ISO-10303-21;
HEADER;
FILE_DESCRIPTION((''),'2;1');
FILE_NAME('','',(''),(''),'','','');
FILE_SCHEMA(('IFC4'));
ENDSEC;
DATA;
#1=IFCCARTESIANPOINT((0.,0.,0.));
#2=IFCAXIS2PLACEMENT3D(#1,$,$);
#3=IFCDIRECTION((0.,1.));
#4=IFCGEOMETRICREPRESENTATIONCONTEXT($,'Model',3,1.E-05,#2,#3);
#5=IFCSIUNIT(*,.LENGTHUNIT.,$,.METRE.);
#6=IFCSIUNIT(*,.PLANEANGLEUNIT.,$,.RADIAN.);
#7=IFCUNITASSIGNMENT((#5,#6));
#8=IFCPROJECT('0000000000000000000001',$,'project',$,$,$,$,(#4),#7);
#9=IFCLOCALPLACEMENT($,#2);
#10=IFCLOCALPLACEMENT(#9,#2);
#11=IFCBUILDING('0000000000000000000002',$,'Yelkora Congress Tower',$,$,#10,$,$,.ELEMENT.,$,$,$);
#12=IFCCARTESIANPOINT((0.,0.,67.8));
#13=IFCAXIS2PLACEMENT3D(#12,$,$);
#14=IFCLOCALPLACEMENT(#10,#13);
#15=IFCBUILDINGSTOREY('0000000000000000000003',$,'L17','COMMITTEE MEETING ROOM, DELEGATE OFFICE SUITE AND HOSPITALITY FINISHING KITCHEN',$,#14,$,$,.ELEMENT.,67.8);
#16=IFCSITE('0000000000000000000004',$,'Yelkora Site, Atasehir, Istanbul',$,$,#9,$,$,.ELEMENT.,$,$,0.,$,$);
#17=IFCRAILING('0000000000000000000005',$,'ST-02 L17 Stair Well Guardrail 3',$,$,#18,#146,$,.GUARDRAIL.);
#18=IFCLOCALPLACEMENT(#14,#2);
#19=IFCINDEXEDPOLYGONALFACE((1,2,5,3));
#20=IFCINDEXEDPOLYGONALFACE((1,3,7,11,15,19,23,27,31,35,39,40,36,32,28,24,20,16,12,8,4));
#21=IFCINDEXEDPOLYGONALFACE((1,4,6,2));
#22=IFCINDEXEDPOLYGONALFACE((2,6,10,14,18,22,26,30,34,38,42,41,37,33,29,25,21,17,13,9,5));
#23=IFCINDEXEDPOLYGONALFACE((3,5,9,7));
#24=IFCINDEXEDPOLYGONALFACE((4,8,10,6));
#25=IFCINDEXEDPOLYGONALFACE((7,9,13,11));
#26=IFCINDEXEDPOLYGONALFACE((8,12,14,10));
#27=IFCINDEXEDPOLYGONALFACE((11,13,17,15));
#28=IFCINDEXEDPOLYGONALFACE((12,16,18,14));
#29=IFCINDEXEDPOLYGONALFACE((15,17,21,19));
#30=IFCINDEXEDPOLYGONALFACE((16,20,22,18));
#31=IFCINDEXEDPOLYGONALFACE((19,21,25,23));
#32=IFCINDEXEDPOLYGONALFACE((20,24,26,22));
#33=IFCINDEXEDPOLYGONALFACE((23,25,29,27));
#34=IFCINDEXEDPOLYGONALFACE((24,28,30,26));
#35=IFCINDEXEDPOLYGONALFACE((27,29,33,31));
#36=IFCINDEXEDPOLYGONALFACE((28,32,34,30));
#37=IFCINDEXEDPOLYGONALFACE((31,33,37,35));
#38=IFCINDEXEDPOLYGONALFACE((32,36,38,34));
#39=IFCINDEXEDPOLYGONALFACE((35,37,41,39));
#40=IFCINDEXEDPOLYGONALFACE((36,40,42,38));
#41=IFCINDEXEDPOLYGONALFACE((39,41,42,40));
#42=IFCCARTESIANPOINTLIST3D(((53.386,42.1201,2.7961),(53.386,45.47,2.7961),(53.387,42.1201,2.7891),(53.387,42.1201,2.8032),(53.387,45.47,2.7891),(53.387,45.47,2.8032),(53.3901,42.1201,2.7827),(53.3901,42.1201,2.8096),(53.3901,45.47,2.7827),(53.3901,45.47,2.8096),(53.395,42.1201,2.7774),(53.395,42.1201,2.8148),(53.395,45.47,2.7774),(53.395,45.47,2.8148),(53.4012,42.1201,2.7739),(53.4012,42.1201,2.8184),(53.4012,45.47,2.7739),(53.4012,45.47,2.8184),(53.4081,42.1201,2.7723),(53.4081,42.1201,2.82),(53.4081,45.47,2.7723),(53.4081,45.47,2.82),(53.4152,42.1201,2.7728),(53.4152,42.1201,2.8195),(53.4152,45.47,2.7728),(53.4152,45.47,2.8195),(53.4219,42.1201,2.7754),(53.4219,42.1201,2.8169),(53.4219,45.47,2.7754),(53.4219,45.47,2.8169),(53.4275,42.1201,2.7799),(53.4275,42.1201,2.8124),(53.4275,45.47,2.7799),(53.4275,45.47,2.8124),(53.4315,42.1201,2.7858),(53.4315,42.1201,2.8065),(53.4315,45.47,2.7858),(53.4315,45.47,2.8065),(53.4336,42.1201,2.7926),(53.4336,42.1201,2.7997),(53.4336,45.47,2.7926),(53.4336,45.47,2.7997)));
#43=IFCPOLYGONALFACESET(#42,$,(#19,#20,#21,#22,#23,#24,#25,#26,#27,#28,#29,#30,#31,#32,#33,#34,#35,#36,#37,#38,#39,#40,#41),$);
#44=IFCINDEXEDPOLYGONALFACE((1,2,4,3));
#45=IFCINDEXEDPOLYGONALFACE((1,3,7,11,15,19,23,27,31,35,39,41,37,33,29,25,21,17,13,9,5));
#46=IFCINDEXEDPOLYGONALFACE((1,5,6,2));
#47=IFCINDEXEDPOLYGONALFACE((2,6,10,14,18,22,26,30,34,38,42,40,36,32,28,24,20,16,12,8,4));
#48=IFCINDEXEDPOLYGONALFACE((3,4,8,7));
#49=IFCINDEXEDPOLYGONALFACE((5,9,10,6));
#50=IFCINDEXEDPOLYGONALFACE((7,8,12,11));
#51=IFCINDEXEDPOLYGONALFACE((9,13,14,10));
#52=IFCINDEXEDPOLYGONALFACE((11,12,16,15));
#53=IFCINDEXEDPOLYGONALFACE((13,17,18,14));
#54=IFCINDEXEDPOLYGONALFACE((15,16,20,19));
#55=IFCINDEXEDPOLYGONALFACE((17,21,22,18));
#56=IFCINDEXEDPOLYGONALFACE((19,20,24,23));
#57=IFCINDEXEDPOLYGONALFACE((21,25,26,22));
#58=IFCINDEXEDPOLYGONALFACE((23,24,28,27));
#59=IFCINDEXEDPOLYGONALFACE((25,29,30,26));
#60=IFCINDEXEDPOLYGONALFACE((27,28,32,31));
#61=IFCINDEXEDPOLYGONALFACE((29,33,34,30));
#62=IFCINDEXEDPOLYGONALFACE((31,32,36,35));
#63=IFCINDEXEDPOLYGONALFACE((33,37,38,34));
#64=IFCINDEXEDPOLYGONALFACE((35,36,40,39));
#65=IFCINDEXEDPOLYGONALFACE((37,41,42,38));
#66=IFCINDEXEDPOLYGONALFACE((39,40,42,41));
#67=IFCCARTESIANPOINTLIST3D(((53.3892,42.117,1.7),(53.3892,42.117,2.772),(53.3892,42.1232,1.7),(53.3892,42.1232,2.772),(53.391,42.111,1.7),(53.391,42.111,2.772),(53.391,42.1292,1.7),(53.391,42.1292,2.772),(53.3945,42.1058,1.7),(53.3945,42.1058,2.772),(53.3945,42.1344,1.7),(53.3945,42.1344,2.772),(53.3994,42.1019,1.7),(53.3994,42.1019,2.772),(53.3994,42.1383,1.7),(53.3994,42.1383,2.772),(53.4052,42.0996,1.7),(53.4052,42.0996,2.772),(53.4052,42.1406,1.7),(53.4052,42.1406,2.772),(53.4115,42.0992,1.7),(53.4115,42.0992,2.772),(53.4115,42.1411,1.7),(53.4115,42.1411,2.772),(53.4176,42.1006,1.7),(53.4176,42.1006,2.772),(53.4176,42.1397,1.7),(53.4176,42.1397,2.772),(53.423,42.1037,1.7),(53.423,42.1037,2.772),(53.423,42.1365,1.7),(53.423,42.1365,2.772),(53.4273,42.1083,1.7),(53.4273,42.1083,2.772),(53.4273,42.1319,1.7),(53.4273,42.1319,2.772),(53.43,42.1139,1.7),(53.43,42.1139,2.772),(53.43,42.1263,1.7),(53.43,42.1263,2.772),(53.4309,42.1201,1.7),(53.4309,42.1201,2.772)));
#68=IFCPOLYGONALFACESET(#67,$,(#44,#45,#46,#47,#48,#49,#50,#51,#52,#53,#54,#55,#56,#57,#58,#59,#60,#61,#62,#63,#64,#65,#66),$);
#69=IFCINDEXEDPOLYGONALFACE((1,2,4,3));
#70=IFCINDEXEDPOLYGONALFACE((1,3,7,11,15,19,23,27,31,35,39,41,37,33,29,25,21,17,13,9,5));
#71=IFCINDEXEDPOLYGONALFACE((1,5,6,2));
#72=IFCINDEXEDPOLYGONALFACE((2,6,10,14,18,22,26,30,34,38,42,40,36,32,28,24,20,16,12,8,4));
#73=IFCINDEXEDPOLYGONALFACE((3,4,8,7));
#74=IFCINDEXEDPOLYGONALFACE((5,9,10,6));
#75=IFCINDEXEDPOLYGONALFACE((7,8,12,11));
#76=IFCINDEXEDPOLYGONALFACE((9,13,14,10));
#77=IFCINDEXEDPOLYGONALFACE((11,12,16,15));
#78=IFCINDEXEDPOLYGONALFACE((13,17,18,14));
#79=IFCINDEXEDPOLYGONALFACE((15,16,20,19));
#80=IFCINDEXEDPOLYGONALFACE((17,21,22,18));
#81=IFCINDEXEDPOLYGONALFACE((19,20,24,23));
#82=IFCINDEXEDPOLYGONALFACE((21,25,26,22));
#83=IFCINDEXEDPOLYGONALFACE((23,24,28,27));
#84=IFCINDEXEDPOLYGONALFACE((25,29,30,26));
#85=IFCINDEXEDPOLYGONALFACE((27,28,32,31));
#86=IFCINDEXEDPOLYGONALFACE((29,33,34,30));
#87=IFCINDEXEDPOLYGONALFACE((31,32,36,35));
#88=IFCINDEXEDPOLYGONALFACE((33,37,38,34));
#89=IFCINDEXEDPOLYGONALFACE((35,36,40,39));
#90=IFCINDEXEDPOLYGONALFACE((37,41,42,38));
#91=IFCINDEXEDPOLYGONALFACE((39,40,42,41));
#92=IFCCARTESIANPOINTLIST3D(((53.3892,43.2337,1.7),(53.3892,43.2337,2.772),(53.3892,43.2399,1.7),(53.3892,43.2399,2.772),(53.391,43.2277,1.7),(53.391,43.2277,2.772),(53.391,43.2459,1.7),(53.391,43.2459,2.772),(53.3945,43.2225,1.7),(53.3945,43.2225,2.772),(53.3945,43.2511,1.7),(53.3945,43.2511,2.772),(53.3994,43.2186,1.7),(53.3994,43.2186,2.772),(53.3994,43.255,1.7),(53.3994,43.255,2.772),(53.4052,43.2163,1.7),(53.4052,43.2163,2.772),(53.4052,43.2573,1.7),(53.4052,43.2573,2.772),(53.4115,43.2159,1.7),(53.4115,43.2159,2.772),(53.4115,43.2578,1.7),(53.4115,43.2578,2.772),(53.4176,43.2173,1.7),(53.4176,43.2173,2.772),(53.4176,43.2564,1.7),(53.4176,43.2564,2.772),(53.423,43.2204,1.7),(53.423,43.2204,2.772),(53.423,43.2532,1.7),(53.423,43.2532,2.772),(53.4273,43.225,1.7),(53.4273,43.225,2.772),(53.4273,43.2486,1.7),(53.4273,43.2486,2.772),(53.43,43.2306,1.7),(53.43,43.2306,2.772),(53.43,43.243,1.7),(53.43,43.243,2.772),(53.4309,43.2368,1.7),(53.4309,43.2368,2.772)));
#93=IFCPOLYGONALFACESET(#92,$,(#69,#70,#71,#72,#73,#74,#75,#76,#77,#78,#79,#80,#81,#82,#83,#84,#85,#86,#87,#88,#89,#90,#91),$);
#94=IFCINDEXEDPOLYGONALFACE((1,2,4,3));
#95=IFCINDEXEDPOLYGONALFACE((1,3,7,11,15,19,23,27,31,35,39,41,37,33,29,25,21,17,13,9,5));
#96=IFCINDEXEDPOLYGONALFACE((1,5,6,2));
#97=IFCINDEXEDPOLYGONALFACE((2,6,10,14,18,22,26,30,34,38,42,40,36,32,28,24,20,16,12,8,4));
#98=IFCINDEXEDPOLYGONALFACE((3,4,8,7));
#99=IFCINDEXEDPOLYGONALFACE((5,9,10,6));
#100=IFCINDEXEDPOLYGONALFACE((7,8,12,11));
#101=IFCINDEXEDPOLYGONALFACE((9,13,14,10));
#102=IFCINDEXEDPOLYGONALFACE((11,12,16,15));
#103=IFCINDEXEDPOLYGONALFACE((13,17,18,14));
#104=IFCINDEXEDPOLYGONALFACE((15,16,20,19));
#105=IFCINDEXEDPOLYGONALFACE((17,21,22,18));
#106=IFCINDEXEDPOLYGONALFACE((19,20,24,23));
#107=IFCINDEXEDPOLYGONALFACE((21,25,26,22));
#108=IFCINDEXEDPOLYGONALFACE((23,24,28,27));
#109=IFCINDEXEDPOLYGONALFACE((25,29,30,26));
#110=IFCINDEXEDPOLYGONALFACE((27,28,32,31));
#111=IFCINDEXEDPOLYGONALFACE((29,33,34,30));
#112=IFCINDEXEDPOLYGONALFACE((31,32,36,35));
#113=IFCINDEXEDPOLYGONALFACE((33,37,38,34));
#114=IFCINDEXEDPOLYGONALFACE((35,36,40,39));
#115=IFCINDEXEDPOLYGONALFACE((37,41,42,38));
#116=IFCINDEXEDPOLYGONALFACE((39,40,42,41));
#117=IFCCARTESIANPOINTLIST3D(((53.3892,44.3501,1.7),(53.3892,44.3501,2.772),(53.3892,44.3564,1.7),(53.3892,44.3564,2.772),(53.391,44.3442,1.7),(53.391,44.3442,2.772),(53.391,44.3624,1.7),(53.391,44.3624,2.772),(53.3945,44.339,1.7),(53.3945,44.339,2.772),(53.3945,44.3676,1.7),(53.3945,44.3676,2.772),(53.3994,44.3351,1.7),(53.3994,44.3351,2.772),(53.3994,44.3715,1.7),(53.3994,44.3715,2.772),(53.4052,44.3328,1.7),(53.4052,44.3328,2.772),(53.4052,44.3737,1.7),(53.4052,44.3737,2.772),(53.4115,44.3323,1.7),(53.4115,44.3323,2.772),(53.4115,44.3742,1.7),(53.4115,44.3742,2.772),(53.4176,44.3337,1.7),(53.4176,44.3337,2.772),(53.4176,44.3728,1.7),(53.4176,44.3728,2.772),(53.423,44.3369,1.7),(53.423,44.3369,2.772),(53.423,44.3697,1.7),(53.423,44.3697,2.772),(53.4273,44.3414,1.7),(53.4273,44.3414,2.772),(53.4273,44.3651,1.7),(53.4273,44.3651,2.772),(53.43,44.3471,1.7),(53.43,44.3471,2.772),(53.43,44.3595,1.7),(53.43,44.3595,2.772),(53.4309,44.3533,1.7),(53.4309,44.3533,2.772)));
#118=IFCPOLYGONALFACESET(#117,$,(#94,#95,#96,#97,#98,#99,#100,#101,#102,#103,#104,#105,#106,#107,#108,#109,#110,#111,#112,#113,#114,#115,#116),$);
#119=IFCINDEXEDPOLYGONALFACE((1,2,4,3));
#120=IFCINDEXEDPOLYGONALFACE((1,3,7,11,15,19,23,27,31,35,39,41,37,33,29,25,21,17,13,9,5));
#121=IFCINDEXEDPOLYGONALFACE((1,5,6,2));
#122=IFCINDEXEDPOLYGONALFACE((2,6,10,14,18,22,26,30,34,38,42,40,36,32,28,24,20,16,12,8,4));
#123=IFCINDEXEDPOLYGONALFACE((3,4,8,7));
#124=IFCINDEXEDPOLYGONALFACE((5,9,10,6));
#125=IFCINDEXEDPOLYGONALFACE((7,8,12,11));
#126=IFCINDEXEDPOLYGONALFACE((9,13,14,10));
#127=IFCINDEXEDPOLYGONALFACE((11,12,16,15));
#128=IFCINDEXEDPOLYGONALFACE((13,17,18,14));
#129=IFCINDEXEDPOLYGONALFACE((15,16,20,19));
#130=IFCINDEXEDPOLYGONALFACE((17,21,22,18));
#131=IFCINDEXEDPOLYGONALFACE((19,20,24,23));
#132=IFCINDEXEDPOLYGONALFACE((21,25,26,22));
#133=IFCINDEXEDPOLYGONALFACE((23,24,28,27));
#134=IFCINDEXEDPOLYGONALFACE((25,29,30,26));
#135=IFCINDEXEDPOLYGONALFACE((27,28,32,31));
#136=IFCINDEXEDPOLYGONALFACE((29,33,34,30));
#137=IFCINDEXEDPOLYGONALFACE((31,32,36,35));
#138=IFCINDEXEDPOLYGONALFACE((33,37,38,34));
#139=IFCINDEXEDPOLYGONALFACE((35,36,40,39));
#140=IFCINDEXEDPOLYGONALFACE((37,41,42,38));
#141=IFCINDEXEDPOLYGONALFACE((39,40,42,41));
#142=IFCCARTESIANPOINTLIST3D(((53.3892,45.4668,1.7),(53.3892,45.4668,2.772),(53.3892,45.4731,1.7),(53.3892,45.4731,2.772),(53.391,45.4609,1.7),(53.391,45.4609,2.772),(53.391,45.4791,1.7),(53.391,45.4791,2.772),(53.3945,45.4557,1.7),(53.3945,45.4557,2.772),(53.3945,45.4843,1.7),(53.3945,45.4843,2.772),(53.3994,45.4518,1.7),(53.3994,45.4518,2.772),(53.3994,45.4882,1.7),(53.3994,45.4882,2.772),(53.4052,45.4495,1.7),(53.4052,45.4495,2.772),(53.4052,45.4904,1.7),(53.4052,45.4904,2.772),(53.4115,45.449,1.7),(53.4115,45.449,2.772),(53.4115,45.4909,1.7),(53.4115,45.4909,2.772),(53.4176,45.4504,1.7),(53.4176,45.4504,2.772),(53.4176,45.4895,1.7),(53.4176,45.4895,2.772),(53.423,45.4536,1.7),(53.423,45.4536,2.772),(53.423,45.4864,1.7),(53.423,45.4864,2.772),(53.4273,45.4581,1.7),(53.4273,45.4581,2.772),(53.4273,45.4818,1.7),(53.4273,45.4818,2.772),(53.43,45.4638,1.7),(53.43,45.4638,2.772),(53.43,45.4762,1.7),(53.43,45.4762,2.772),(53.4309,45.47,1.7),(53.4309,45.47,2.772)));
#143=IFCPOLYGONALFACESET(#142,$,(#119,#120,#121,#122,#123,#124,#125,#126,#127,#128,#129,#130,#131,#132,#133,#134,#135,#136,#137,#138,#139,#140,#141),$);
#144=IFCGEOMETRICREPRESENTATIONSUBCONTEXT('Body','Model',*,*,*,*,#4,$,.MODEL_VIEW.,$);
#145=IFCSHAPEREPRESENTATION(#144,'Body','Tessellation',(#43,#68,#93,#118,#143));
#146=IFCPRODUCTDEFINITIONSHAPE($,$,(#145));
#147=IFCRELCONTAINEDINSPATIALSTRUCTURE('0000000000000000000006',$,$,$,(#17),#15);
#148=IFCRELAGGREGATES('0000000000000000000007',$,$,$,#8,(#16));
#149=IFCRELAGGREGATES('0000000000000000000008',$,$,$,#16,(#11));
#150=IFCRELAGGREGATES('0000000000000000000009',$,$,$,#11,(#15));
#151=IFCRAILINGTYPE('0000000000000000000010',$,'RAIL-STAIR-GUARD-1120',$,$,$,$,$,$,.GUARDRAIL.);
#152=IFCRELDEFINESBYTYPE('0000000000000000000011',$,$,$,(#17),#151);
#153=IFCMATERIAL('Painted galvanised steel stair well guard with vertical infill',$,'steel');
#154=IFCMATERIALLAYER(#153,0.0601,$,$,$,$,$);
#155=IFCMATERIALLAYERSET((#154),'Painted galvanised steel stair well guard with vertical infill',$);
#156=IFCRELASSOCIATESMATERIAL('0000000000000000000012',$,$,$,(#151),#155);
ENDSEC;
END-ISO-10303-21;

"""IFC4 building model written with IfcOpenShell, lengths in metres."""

from ifc_helpers import new_model, si_unit, direction, frame, origin, origin_2d, place, context, subcontext, project, spatial, circle, extrude, material, layer, layer_set, type_object, element, save


model = new_model("IFC4")

# Units and contexts
model_context = context("Model", 3, precision=1e-05, world=origin(), true_north=direction((0.0, 1.0)))
body_context = subcontext(model_context, "Body", "Model", "MODEL_VIEW")
ifc_project = project(units=[si_unit("LENGTHUNIT", "METRE"), si_unit("PLANEANGLEUNIT", "RADIAN")], contexts=[model_context])

# Site, building, storey
site_placement = place(None, origin())
site = spatial("IfcSite", under=ifc_project, at=site_placement, Name="Yelkora Site, Atasehir, Istanbul", CompositionType="ELEMENT", RefElevation=0.0)
building_placement = place(site_placement, origin())
building = spatial("IfcBuilding", under=site, at=building_placement, Name="Yelkora Congress Tower", CompositionType="ELEMENT")
storey_placement = place(building_placement, frame((0.0, 0.0, 67.8)))
storey = spatial("IfcBuildingStorey", under=building, at=storey_placement, Name="L17", Description="COMMITTEE MEETING ROOM, DELEGATE OFFICE SUITE AND HOSPITALITY FINISHING KITCHEN", CompositionType="ELEMENT", Elevation=67.8)

# Railing
ifc_material_1 = material(Name="Painted galvanised steel stair well guard with vertical infill", Category="steel")
ifc_layer_1 = layer(ifc_material_1, 0.0601)
ifc_layer_set_1 = layer_set([ifc_layer_1], Name="Painted galvanised steel stair well guard with vertical infill")
railing_type_1 = type_object("IfcRailingType", Name="RAIL-STAIR-GUARD-1120", PredefinedType="GUARDRAIL", material=ifc_layer_set_1)
railing_1_placement = place(storey_placement, frame((53.4099, 42.1201, 1.7)))
element("IfcRailing", 1, at=railing_1_placement, inside=storey, type_object=railing_type_1, Name="ST-02 L17 Stair Well Guardrail 3", PredefinedType="GUARDRAIL", context=body_context, shape_type="SweptSolid", body=[
    extrude(circle(Radius=0.0239, at=origin_2d()), frame((0.0, 0.0, 1.0962), z_axis=(0.0, 1.0, 0.0), x_axis=(-1.0, 0.0, 0.0)), (0.0, 0.0, 1.0), 3.3499),
    extrude(circle(Radius=0.021, at=origin_2d()), origin(), (0.0, 0.0, 1.0), 1.072),
    extrude(circle(Radius=0.021, at=origin_2d()), frame((0.0, 1.1167, 0.0)), (0.0, 0.0, 1.0), 1.072),
    extrude(circle(Radius=0.021, at=origin_2d()), frame((0.0, 2.2332, 0.0)), (0.0, 0.0, 1.0), 1.072),
    extrude(circle(Radius=0.021, at=origin_2d()), frame((0.0, 3.3499, 0.0)), (0.0, 0.0, 1.0), 1.072),
])

save(model, "model.ifc")
